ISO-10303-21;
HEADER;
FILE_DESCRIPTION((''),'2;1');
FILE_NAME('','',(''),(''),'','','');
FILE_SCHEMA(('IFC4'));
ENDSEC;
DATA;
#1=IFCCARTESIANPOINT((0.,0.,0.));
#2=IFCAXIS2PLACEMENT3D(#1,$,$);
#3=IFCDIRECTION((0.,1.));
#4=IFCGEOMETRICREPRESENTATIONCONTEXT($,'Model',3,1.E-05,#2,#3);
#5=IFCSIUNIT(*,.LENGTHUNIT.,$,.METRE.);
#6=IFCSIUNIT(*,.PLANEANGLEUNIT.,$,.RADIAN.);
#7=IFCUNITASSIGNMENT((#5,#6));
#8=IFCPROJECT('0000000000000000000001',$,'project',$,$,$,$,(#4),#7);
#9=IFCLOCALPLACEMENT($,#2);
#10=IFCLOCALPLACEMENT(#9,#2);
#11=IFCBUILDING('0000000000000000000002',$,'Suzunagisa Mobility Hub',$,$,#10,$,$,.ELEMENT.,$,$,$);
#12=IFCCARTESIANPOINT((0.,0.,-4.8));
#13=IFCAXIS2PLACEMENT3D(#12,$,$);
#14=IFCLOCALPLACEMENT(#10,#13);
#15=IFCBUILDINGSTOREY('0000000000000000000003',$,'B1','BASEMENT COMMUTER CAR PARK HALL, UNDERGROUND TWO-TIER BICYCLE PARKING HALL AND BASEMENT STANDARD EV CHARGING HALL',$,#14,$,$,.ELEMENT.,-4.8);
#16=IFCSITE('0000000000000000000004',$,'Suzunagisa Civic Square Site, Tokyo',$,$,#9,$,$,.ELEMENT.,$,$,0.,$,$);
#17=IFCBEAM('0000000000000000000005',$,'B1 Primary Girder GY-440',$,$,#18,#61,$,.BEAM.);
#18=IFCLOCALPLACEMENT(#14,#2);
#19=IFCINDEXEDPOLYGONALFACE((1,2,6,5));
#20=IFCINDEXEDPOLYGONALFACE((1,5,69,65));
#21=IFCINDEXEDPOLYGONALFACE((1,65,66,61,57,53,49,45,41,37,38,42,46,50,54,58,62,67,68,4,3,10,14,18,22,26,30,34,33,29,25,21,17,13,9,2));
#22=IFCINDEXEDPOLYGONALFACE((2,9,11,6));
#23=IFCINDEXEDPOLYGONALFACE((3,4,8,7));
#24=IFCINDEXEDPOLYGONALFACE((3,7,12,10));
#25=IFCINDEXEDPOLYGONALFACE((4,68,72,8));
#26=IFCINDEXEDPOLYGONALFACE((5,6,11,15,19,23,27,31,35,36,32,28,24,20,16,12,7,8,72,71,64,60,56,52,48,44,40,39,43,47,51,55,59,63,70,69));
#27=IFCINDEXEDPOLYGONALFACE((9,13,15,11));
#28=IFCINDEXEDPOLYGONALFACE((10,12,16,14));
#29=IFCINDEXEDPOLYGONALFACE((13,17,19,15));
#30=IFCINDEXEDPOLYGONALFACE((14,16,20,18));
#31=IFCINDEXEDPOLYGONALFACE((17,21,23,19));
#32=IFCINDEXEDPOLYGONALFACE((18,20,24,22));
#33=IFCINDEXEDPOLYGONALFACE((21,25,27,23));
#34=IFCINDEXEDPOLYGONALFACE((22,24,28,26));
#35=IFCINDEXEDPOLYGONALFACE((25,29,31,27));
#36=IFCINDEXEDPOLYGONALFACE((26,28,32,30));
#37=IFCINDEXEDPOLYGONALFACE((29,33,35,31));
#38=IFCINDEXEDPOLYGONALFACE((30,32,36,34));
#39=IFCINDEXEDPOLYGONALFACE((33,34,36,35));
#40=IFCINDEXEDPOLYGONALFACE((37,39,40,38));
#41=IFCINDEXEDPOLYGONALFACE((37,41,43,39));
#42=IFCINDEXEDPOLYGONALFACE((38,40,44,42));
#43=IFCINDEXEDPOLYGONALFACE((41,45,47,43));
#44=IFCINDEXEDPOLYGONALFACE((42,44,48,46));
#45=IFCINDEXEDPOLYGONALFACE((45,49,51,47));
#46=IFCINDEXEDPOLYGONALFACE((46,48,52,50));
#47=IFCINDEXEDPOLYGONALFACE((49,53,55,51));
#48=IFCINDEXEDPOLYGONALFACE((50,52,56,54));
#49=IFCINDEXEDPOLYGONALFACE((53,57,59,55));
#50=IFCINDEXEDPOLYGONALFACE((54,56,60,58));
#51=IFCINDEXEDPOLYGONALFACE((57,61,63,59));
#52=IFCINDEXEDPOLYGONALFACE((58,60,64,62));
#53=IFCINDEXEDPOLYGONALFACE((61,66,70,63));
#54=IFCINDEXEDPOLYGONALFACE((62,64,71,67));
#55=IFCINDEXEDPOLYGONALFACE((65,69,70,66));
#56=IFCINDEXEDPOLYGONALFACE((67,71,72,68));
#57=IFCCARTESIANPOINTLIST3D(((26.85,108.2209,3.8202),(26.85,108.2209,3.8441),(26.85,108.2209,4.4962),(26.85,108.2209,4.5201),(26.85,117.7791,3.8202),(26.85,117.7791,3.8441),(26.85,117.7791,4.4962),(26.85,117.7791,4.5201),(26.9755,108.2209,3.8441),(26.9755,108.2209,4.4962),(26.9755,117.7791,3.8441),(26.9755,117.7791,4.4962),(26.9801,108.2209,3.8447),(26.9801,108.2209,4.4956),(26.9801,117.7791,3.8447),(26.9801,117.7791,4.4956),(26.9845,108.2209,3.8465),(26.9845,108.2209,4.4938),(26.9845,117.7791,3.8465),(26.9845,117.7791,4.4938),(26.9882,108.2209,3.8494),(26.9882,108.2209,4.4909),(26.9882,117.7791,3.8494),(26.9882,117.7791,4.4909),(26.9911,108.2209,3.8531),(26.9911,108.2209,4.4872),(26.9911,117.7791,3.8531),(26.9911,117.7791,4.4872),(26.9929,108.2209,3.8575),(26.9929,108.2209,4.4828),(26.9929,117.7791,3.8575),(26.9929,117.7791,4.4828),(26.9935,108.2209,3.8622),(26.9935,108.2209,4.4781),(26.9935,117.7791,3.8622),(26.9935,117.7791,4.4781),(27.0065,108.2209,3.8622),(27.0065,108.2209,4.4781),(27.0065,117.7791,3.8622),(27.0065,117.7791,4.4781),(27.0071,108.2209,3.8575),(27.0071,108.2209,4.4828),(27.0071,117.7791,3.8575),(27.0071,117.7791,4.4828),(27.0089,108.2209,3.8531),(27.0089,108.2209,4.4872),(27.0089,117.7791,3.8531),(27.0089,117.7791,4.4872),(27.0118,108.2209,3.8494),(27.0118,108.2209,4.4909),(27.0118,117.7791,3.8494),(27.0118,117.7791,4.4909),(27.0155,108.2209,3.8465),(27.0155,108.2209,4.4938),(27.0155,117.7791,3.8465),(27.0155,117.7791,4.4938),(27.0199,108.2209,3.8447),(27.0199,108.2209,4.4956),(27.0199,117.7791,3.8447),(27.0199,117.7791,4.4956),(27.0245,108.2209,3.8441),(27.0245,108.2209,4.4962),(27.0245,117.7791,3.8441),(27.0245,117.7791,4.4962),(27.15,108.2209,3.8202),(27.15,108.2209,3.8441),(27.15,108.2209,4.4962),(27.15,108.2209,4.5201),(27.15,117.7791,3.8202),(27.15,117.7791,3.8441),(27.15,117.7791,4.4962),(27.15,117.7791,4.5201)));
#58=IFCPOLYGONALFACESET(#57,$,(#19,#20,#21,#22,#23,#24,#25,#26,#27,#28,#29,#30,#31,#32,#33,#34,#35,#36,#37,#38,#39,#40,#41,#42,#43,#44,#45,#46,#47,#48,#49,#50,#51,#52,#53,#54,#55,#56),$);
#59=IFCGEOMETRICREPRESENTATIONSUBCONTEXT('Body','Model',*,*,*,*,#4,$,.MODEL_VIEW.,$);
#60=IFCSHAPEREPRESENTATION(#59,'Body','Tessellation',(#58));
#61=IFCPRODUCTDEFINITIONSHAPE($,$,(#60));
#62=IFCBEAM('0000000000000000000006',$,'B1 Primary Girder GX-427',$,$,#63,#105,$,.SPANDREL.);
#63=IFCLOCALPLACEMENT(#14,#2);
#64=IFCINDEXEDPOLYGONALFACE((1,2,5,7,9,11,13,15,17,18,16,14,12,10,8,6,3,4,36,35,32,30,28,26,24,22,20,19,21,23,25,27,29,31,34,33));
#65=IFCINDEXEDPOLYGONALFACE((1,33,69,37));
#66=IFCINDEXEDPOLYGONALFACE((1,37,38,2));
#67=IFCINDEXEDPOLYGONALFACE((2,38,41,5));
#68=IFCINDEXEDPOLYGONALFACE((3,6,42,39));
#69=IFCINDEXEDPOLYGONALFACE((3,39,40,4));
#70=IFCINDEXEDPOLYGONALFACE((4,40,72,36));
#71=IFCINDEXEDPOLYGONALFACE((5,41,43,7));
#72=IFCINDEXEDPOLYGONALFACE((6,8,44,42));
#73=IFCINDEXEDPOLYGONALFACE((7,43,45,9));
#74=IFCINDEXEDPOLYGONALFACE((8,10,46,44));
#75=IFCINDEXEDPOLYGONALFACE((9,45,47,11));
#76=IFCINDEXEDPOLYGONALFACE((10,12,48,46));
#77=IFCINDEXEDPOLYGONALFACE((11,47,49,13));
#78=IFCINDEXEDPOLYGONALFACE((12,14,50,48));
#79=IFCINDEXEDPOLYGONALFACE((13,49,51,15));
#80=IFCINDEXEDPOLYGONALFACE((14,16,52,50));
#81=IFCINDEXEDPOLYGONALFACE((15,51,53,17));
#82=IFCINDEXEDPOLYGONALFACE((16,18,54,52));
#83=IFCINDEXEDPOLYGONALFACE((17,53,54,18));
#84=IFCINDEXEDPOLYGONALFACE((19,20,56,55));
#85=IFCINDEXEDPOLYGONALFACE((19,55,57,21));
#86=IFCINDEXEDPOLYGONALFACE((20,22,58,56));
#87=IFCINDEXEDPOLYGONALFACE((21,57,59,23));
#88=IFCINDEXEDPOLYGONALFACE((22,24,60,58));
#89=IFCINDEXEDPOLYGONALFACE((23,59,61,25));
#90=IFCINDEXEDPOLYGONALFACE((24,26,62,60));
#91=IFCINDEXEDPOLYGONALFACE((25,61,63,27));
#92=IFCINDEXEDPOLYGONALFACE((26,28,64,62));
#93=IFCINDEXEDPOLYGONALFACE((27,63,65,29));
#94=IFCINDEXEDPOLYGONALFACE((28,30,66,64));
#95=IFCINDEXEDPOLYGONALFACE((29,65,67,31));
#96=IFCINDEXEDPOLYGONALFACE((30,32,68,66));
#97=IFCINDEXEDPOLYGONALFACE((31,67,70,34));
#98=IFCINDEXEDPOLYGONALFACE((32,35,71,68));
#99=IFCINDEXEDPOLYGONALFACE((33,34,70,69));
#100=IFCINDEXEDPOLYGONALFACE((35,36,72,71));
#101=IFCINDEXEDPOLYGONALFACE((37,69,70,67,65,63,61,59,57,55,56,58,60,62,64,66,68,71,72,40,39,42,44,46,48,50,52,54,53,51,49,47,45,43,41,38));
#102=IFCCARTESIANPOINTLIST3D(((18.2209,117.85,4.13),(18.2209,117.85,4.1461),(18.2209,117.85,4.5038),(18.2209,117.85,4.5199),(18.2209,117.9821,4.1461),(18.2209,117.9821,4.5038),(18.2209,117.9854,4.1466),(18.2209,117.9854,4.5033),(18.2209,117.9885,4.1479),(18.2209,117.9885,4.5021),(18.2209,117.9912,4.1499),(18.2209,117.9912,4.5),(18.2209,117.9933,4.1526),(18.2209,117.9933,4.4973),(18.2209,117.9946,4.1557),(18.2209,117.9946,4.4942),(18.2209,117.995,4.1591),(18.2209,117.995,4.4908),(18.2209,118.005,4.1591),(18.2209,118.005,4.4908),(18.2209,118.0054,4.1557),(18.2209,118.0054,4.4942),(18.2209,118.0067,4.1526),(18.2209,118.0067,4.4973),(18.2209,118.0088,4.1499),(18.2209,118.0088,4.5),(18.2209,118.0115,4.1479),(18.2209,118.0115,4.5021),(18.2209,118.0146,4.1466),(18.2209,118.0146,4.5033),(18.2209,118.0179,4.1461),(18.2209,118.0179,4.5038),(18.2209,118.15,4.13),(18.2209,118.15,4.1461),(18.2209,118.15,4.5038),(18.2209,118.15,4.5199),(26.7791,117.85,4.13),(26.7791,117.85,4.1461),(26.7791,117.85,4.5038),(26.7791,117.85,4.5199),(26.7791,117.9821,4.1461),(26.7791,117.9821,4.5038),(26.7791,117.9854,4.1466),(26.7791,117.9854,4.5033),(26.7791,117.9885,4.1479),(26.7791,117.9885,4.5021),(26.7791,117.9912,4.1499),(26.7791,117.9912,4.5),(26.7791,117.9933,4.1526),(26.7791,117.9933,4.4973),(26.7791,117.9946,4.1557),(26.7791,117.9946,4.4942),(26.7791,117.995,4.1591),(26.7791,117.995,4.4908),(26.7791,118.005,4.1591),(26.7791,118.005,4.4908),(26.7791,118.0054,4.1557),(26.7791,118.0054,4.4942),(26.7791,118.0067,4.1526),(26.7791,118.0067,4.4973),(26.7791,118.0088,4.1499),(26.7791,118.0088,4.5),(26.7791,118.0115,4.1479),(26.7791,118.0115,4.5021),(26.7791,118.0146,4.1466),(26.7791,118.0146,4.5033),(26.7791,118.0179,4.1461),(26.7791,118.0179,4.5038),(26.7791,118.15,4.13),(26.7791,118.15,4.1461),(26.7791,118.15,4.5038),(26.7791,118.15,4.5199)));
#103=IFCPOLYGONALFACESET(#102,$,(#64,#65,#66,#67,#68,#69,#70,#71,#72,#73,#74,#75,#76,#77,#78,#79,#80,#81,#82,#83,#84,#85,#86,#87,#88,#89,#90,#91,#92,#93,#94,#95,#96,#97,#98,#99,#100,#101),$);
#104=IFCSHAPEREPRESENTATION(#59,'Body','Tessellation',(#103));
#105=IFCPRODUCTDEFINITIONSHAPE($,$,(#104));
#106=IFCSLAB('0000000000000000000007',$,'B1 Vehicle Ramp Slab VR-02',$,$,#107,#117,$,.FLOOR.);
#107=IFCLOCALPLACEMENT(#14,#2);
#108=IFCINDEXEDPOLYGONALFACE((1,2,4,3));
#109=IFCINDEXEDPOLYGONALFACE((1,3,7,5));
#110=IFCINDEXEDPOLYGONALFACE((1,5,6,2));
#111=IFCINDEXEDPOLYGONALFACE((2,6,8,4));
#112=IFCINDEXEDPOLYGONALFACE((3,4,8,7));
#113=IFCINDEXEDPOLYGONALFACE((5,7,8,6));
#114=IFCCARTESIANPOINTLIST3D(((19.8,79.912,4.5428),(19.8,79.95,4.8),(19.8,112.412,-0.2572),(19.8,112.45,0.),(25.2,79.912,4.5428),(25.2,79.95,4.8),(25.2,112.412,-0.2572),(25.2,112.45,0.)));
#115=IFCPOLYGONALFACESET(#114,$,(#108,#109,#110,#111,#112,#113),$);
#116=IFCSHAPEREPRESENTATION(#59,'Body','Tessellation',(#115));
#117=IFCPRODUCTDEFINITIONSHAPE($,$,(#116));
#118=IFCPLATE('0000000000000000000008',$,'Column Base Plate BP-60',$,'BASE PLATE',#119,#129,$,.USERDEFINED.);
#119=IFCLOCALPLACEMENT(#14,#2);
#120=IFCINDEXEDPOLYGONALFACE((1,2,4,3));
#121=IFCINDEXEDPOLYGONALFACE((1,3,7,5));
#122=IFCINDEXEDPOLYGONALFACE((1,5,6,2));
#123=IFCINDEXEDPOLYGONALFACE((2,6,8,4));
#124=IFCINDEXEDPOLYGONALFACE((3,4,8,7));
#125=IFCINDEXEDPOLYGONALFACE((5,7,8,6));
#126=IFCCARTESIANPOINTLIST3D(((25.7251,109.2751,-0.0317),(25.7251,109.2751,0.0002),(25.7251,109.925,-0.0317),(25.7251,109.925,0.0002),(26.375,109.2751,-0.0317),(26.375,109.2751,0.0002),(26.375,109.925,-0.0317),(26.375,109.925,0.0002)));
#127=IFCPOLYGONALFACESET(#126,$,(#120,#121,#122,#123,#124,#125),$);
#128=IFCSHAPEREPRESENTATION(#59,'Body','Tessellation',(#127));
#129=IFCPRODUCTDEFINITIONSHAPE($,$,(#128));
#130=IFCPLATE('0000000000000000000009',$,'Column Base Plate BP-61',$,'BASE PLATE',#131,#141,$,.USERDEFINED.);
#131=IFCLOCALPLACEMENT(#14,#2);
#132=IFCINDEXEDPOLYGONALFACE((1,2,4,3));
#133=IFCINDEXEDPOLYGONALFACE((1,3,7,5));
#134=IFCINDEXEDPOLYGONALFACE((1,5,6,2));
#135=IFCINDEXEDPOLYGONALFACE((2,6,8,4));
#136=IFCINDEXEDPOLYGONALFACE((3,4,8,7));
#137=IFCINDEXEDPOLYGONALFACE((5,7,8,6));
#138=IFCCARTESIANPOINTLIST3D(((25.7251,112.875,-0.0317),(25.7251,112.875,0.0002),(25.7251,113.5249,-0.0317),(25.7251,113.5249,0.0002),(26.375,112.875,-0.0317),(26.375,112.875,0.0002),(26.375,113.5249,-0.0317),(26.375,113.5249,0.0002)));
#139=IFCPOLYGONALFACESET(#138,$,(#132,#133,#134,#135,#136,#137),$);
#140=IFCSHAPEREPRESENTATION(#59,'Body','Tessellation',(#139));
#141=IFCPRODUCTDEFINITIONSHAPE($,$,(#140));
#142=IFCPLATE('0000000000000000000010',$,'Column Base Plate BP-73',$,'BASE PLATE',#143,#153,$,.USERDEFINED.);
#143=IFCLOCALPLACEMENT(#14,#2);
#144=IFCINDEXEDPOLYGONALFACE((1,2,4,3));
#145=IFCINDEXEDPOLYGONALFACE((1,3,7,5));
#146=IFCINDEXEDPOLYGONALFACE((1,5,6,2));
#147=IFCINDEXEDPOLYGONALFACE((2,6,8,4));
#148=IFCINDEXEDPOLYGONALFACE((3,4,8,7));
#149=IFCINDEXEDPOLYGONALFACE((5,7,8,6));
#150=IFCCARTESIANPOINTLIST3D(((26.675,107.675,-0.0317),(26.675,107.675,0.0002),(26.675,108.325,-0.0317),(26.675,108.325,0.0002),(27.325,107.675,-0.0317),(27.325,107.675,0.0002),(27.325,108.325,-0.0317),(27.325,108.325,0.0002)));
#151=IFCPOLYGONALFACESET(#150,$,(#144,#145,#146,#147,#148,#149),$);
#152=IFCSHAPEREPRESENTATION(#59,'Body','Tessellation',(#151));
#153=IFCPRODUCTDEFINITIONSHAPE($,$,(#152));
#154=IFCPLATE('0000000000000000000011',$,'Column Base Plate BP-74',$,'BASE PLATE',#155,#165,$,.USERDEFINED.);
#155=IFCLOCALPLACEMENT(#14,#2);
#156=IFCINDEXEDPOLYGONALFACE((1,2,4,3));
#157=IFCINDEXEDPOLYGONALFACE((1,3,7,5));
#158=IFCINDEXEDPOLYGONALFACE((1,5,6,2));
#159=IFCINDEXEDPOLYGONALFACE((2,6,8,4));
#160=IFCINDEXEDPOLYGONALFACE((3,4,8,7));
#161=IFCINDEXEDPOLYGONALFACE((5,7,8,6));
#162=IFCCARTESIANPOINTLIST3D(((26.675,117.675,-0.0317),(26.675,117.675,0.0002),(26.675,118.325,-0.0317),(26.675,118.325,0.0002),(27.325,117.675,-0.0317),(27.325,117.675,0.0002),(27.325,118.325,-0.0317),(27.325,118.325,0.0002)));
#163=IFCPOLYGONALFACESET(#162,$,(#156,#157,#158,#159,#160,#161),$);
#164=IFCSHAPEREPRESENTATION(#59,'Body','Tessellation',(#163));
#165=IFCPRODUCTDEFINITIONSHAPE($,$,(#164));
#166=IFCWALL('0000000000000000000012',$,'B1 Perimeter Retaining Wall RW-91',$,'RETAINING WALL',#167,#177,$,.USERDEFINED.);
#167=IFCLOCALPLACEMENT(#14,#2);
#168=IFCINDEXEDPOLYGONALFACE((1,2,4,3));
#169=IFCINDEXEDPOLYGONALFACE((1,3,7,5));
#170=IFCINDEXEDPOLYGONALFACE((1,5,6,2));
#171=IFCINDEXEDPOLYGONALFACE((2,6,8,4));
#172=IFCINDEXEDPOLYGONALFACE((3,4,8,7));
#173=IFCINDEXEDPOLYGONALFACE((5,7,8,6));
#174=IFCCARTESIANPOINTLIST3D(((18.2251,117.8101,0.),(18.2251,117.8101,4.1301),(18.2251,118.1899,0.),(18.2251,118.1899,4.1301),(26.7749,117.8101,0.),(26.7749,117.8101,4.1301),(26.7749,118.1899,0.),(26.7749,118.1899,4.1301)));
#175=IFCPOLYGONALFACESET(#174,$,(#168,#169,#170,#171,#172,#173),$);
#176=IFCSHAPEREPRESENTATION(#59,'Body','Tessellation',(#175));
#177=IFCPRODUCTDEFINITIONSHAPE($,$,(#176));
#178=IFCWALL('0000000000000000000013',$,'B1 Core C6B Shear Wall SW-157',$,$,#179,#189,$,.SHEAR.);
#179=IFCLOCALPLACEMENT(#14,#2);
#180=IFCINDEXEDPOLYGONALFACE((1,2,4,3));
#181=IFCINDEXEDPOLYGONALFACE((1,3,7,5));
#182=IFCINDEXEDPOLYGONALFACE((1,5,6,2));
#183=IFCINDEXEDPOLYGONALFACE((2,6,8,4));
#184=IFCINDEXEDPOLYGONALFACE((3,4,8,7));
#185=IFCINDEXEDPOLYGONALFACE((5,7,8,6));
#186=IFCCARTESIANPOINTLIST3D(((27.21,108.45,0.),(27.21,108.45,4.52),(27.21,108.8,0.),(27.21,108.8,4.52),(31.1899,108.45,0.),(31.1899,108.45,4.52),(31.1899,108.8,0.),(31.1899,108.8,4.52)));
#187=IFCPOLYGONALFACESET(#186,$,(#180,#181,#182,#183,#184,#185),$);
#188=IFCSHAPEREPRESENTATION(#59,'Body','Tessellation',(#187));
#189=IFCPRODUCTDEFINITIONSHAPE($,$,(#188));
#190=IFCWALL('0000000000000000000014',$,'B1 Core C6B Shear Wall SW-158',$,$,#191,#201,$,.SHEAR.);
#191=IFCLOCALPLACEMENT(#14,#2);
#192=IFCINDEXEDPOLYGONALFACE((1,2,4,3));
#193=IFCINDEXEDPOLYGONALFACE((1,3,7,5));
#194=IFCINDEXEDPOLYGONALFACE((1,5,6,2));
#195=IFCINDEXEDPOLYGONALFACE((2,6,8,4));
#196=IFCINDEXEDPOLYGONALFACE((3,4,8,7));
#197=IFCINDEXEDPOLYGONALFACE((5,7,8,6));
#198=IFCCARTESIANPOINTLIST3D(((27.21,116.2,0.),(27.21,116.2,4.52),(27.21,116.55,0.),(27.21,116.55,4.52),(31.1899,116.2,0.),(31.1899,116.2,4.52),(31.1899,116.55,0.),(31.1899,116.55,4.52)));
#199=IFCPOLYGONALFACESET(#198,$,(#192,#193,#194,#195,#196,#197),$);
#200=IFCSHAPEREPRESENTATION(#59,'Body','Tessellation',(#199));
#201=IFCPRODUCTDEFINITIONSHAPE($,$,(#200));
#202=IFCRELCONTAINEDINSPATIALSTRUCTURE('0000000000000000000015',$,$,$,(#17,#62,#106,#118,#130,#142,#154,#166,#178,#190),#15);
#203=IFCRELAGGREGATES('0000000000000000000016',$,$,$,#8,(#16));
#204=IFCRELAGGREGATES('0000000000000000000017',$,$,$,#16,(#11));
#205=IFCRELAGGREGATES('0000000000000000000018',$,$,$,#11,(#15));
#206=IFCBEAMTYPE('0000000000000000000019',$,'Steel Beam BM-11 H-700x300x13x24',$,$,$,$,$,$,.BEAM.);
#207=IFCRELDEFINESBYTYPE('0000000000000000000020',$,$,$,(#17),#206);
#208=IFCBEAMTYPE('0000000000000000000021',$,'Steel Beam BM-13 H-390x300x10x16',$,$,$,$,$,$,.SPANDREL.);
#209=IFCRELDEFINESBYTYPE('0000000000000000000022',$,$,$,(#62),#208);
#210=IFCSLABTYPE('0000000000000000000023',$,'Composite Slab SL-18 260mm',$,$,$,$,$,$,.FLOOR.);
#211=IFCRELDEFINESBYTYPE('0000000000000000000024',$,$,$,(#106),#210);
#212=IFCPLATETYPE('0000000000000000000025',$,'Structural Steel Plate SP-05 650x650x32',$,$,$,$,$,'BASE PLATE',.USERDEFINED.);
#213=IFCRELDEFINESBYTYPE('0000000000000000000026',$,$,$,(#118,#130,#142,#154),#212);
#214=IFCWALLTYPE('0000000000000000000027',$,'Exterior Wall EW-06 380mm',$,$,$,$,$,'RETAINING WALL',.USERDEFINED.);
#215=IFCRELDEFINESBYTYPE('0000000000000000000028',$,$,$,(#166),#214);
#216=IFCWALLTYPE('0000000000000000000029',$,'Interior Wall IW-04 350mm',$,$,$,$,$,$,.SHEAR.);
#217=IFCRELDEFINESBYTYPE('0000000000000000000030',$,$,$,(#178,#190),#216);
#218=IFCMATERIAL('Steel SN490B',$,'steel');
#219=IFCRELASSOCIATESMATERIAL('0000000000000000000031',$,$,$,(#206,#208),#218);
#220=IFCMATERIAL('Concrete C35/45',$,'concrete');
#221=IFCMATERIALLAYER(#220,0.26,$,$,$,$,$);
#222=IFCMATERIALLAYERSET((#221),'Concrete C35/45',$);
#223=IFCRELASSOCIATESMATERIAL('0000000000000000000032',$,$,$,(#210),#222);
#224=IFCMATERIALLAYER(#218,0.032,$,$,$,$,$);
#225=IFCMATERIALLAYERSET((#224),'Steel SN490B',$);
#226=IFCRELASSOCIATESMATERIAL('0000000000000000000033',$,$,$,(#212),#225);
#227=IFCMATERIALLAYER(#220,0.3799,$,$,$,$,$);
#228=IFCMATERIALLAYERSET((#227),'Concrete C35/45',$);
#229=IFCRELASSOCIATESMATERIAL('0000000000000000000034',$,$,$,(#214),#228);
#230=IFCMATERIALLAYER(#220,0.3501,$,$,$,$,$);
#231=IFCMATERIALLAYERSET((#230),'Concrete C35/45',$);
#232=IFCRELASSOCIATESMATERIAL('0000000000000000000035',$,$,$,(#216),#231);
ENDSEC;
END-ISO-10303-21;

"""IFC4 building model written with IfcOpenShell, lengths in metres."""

from ifc_helpers import new_model, si_unit, direction, frame, frame_2d, origin, origin_2d, place, context, subcontext, project, spatial, polyline, rectangle, i_section, outline, extrude, material, layer, layer_set, material_profile, profile_set, type_object, element, save


model = new_model("IFC4")

# Units and contexts
model_context = context("Model", 3, precision=1e-05, world=origin(), true_north=direction((0.0, 1.0)))
body_context = subcontext(model_context, "Body", "Model", "MODEL_VIEW")
ifc_project = project(units=[si_unit("LENGTHUNIT", "METRE"), si_unit("PLANEANGLEUNIT", "RADIAN")], contexts=[model_context])

# Site, building, storey
site_placement = place(None, origin())
site = spatial("IfcSite", under=ifc_project, at=site_placement, Name="Suzunagisa Civic Square Site, Tokyo", CompositionType="ELEMENT", RefElevation=0.0)
building_placement = place(site_placement, origin())
building = spatial("IfcBuilding", under=site, at=building_placement, Name="Suzunagisa Mobility Hub", CompositionType="ELEMENT")
storey_placement = place(building_placement, frame((0.0, 0.0, -4.8)))
storey = spatial("IfcBuildingStorey", under=building, at=storey_placement, Name="B1", Description="BASEMENT COMMUTER CAR PARK HALL, UNDERGROUND TWO-TIER BICYCLE PARKING HALL AND BASEMENT STANDARD EV CHARGING HALL", CompositionType="ELEMENT", Elevation=-4.8)

# Shared definitions
ifc_material_1 = material(Name="Steel SN490B", Category="steel")

# Beams
ifc_material_profile_1 = material_profile(ifc_material_1, i_section(OverallWidth=0.3, OverallDepth=0.7, WebThickness=0.0129, FlangeThickness=0.0239, FilletRadius=0.0181, at=origin_2d()), Name="H-700x300x13x24")
ifc_profile_set_1 = profile_set([ifc_material_profile_1], Name="Steel SN490B")
beam_type_1 = type_object("IfcBeamType", Name="Steel Beam BM-11 H-700x300x13x24", PredefinedType="BEAM", material=ifc_profile_set_1)
beam_1_placement = place(storey_placement, frame((27.0, 108.2209, 4.1702), z_axis=(0.0, 1.0, 0.0), x_axis=(-1.0, 0.0, 0.0)))
element("IfcBeam", 1, at=beam_1_placement, inside=storey, type_object=beam_type_1, Name="B1 Primary Girder GY-440", PredefinedType="BEAM", context=body_context, shape_type="SweptSolid", body=[
    extrude(i_section(OverallWidth=0.3, OverallDepth=0.7, WebThickness=0.0129, FlangeThickness=0.0239, FilletRadius=0.0181, at=origin_2d()), origin(), (0.0, 0.0, 1.0), 9.5581),
])
ifc_material_profile_2 = material_profile(ifc_material_1, i_section(OverallWidth=0.3, OverallDepth=0.3899, WebThickness=0.01, FlangeThickness=0.0161, FilletRadius=0.0129, at=origin_2d()), Name="H-390x300x10x16")
ifc_profile_set_2 = profile_set([ifc_material_profile_2], Name="Steel SN490B")
beam_type_2 = type_object("IfcBeamType", Name="Steel Beam BM-13 H-390x300x10x16", PredefinedType="SPANDREL", material=ifc_profile_set_2)
beam_2_placement = place(storey_placement, frame((18.2209, 118.0, 4.325), z_axis=(1.0, 0.0, 0.0), x_axis=(0.0, 1.0, 0.0)))
element("IfcBeam", 2, at=beam_2_placement, inside=storey, type_object=beam_type_2, Name="B1 Primary Girder GX-427", PredefinedType="SPANDREL", context=body_context, shape_type="SweptSolid", body=[
    extrude(i_section(OverallWidth=0.3, OverallDepth=0.3899, WebThickness=0.01, FlangeThickness=0.0161, FilletRadius=0.0129, at=origin_2d()), origin(), (0.0, 0.0, 1.0), 8.5581),
])

# Slab
ifc_material_2 = material(Name="Concrete C35/45", Category="concrete")
ifc_layer_1 = layer(ifc_material_2, 0.26)
ifc_layer_set_1 = layer_set([ifc_layer_1], Name="Concrete C35/45")
slab_type = type_object("IfcSlabType", Name="Composite Slab SL-18 260mm", PredefinedType="FLOOR", material=ifc_layer_set_1)
slab_placement = place(storey_placement, frame((19.8, 112.45, 0.0), z_axis=(0.0, 0.146109, 0.989269), x_axis=(1.0, 0.0, 0.0)))
element("IfcSlab", 3, at=slab_placement, inside=storey, type_object=slab_type, Name="B1 Vehicle Ramp Slab VR-02", PredefinedType="FLOOR", context=body_context, shape_type="SweptSolid", body=[
    extrude(outline(polyline([(0.0, 0.0), (5.3999, 0.0), (5.3999, -32.8526), (0.0, -32.8526), (0.0, 0.0)])), origin(), (0.0, 0.0, -1.0), 0.26),
])

# Plates
ifc_layer_2 = layer(ifc_material_1, 0.032)
ifc_layer_set_2 = layer_set([ifc_layer_2], Name="Steel SN490B")
plate_type = type_object("IfcPlateType", Name="Structural Steel Plate SP-05 650x650x32", ElementType="BASE PLATE", PredefinedType="USERDEFINED", material=ifc_layer_set_2)
for number, where, z_axis, x_axis, name in (
    (4, (26.05, 109.6001, -0.0317), (0.0, 0.0, 1.0), (1.0, 0.0, 0.0), "Column Base Plate BP-60"),
    (5, (26.05, 113.2, -0.0317), (0.0, 0.0, 1.0), (1.0, 0.0, 0.0), "Column Base Plate BP-61"),
    (6, (27.0, 108.0, -0.0317), (0.0, 0.0, 1.0), (1.0, 0.0, 0.0), "Column Base Plate BP-73"),
    (7, (27.0, 118.0, -0.0317), (0.0, 0.0, 1.0), (1.0, 0.0, 0.0), "Column Base Plate BP-74"),
):
    element("IfcPlate", number, at=place(storey_placement, frame(where, z_axis=z_axis, x_axis=x_axis)), inside=storey, type_object=plate_type, Name=name, ObjectType="BASE PLATE", PredefinedType="USERDEFINED", context=body_context, shape_type="SweptSolid", body=[
        extrude(rectangle(XDim=0.6499, YDim=0.6499, at=origin_2d()), origin(), (0.0, 0.0, 1.0), 0.032),
    ])

# Walls
ifc_layer_3 = layer(ifc_material_2, 0.3799)
ifc_layer_set_3 = layer_set([ifc_layer_3], Name="Concrete C35/45")
wall_type_1 = type_object("IfcWallType", Name="Exterior Wall EW-06 380mm", ElementType="RETAINING WALL", PredefinedType="USERDEFINED", material=ifc_layer_set_3)
wall_placement = place(storey_placement, frame((26.7749, 118.0, 0.0), z_axis=(0.0, 0.0, 1.0), x_axis=(-1.0, 0.0, 0.0)))
element("IfcWall", 8, at=wall_placement, inside=storey, type_object=wall_type_1, Name="B1 Perimeter Retaining Wall RW-91", ObjectType="RETAINING WALL", PredefinedType="USERDEFINED", context=body_context, shape_type="SweptSolid", body=[
    extrude(rectangle(XDim=8.5498, YDim=0.3799, at=frame_2d((4.2749, 0.0))), origin(), (0.0, 0.0, 1.0), 4.1301),
])
ifc_layer_4 = layer(ifc_material_2, 0.3501)
ifc_layer_set_4 = layer_set([ifc_layer_4], Name="Concrete C35/45")
wall_type_2 = type_object("IfcWallType", Name="Interior Wall IW-04 350mm", PredefinedType="SHEAR", material=ifc_layer_set_4)
for number, where, z_axis, x_axis, name in (
    (9, (27.21, 108.625, 0.0), (0.0, 0.0, 1.0), (1.0, 0.0, 0.0), "B1 Core C6B Shear Wall SW-157"),
    (10, (27.21, 116.375, 0.0), (0.0, 0.0, 1.0), (1.0, 0.0, 0.0), "B1 Core C6B Shear Wall SW-158"),
):
    element("IfcWall", number, at=place(storey_placement, frame(where, z_axis=z_axis, x_axis=x_axis)), inside=storey, type_object=wall_type_2, Name=name, PredefinedType="SHEAR", context=body_context, shape_type="SweptSolid", body=[
        extrude(rectangle(XDim=3.98, YDim=0.3501, at=frame_2d((1.99, 0.0))), origin(), (0.0, 0.0, 1.0), 4.52),
    ])

save(model, "model.ifc")
